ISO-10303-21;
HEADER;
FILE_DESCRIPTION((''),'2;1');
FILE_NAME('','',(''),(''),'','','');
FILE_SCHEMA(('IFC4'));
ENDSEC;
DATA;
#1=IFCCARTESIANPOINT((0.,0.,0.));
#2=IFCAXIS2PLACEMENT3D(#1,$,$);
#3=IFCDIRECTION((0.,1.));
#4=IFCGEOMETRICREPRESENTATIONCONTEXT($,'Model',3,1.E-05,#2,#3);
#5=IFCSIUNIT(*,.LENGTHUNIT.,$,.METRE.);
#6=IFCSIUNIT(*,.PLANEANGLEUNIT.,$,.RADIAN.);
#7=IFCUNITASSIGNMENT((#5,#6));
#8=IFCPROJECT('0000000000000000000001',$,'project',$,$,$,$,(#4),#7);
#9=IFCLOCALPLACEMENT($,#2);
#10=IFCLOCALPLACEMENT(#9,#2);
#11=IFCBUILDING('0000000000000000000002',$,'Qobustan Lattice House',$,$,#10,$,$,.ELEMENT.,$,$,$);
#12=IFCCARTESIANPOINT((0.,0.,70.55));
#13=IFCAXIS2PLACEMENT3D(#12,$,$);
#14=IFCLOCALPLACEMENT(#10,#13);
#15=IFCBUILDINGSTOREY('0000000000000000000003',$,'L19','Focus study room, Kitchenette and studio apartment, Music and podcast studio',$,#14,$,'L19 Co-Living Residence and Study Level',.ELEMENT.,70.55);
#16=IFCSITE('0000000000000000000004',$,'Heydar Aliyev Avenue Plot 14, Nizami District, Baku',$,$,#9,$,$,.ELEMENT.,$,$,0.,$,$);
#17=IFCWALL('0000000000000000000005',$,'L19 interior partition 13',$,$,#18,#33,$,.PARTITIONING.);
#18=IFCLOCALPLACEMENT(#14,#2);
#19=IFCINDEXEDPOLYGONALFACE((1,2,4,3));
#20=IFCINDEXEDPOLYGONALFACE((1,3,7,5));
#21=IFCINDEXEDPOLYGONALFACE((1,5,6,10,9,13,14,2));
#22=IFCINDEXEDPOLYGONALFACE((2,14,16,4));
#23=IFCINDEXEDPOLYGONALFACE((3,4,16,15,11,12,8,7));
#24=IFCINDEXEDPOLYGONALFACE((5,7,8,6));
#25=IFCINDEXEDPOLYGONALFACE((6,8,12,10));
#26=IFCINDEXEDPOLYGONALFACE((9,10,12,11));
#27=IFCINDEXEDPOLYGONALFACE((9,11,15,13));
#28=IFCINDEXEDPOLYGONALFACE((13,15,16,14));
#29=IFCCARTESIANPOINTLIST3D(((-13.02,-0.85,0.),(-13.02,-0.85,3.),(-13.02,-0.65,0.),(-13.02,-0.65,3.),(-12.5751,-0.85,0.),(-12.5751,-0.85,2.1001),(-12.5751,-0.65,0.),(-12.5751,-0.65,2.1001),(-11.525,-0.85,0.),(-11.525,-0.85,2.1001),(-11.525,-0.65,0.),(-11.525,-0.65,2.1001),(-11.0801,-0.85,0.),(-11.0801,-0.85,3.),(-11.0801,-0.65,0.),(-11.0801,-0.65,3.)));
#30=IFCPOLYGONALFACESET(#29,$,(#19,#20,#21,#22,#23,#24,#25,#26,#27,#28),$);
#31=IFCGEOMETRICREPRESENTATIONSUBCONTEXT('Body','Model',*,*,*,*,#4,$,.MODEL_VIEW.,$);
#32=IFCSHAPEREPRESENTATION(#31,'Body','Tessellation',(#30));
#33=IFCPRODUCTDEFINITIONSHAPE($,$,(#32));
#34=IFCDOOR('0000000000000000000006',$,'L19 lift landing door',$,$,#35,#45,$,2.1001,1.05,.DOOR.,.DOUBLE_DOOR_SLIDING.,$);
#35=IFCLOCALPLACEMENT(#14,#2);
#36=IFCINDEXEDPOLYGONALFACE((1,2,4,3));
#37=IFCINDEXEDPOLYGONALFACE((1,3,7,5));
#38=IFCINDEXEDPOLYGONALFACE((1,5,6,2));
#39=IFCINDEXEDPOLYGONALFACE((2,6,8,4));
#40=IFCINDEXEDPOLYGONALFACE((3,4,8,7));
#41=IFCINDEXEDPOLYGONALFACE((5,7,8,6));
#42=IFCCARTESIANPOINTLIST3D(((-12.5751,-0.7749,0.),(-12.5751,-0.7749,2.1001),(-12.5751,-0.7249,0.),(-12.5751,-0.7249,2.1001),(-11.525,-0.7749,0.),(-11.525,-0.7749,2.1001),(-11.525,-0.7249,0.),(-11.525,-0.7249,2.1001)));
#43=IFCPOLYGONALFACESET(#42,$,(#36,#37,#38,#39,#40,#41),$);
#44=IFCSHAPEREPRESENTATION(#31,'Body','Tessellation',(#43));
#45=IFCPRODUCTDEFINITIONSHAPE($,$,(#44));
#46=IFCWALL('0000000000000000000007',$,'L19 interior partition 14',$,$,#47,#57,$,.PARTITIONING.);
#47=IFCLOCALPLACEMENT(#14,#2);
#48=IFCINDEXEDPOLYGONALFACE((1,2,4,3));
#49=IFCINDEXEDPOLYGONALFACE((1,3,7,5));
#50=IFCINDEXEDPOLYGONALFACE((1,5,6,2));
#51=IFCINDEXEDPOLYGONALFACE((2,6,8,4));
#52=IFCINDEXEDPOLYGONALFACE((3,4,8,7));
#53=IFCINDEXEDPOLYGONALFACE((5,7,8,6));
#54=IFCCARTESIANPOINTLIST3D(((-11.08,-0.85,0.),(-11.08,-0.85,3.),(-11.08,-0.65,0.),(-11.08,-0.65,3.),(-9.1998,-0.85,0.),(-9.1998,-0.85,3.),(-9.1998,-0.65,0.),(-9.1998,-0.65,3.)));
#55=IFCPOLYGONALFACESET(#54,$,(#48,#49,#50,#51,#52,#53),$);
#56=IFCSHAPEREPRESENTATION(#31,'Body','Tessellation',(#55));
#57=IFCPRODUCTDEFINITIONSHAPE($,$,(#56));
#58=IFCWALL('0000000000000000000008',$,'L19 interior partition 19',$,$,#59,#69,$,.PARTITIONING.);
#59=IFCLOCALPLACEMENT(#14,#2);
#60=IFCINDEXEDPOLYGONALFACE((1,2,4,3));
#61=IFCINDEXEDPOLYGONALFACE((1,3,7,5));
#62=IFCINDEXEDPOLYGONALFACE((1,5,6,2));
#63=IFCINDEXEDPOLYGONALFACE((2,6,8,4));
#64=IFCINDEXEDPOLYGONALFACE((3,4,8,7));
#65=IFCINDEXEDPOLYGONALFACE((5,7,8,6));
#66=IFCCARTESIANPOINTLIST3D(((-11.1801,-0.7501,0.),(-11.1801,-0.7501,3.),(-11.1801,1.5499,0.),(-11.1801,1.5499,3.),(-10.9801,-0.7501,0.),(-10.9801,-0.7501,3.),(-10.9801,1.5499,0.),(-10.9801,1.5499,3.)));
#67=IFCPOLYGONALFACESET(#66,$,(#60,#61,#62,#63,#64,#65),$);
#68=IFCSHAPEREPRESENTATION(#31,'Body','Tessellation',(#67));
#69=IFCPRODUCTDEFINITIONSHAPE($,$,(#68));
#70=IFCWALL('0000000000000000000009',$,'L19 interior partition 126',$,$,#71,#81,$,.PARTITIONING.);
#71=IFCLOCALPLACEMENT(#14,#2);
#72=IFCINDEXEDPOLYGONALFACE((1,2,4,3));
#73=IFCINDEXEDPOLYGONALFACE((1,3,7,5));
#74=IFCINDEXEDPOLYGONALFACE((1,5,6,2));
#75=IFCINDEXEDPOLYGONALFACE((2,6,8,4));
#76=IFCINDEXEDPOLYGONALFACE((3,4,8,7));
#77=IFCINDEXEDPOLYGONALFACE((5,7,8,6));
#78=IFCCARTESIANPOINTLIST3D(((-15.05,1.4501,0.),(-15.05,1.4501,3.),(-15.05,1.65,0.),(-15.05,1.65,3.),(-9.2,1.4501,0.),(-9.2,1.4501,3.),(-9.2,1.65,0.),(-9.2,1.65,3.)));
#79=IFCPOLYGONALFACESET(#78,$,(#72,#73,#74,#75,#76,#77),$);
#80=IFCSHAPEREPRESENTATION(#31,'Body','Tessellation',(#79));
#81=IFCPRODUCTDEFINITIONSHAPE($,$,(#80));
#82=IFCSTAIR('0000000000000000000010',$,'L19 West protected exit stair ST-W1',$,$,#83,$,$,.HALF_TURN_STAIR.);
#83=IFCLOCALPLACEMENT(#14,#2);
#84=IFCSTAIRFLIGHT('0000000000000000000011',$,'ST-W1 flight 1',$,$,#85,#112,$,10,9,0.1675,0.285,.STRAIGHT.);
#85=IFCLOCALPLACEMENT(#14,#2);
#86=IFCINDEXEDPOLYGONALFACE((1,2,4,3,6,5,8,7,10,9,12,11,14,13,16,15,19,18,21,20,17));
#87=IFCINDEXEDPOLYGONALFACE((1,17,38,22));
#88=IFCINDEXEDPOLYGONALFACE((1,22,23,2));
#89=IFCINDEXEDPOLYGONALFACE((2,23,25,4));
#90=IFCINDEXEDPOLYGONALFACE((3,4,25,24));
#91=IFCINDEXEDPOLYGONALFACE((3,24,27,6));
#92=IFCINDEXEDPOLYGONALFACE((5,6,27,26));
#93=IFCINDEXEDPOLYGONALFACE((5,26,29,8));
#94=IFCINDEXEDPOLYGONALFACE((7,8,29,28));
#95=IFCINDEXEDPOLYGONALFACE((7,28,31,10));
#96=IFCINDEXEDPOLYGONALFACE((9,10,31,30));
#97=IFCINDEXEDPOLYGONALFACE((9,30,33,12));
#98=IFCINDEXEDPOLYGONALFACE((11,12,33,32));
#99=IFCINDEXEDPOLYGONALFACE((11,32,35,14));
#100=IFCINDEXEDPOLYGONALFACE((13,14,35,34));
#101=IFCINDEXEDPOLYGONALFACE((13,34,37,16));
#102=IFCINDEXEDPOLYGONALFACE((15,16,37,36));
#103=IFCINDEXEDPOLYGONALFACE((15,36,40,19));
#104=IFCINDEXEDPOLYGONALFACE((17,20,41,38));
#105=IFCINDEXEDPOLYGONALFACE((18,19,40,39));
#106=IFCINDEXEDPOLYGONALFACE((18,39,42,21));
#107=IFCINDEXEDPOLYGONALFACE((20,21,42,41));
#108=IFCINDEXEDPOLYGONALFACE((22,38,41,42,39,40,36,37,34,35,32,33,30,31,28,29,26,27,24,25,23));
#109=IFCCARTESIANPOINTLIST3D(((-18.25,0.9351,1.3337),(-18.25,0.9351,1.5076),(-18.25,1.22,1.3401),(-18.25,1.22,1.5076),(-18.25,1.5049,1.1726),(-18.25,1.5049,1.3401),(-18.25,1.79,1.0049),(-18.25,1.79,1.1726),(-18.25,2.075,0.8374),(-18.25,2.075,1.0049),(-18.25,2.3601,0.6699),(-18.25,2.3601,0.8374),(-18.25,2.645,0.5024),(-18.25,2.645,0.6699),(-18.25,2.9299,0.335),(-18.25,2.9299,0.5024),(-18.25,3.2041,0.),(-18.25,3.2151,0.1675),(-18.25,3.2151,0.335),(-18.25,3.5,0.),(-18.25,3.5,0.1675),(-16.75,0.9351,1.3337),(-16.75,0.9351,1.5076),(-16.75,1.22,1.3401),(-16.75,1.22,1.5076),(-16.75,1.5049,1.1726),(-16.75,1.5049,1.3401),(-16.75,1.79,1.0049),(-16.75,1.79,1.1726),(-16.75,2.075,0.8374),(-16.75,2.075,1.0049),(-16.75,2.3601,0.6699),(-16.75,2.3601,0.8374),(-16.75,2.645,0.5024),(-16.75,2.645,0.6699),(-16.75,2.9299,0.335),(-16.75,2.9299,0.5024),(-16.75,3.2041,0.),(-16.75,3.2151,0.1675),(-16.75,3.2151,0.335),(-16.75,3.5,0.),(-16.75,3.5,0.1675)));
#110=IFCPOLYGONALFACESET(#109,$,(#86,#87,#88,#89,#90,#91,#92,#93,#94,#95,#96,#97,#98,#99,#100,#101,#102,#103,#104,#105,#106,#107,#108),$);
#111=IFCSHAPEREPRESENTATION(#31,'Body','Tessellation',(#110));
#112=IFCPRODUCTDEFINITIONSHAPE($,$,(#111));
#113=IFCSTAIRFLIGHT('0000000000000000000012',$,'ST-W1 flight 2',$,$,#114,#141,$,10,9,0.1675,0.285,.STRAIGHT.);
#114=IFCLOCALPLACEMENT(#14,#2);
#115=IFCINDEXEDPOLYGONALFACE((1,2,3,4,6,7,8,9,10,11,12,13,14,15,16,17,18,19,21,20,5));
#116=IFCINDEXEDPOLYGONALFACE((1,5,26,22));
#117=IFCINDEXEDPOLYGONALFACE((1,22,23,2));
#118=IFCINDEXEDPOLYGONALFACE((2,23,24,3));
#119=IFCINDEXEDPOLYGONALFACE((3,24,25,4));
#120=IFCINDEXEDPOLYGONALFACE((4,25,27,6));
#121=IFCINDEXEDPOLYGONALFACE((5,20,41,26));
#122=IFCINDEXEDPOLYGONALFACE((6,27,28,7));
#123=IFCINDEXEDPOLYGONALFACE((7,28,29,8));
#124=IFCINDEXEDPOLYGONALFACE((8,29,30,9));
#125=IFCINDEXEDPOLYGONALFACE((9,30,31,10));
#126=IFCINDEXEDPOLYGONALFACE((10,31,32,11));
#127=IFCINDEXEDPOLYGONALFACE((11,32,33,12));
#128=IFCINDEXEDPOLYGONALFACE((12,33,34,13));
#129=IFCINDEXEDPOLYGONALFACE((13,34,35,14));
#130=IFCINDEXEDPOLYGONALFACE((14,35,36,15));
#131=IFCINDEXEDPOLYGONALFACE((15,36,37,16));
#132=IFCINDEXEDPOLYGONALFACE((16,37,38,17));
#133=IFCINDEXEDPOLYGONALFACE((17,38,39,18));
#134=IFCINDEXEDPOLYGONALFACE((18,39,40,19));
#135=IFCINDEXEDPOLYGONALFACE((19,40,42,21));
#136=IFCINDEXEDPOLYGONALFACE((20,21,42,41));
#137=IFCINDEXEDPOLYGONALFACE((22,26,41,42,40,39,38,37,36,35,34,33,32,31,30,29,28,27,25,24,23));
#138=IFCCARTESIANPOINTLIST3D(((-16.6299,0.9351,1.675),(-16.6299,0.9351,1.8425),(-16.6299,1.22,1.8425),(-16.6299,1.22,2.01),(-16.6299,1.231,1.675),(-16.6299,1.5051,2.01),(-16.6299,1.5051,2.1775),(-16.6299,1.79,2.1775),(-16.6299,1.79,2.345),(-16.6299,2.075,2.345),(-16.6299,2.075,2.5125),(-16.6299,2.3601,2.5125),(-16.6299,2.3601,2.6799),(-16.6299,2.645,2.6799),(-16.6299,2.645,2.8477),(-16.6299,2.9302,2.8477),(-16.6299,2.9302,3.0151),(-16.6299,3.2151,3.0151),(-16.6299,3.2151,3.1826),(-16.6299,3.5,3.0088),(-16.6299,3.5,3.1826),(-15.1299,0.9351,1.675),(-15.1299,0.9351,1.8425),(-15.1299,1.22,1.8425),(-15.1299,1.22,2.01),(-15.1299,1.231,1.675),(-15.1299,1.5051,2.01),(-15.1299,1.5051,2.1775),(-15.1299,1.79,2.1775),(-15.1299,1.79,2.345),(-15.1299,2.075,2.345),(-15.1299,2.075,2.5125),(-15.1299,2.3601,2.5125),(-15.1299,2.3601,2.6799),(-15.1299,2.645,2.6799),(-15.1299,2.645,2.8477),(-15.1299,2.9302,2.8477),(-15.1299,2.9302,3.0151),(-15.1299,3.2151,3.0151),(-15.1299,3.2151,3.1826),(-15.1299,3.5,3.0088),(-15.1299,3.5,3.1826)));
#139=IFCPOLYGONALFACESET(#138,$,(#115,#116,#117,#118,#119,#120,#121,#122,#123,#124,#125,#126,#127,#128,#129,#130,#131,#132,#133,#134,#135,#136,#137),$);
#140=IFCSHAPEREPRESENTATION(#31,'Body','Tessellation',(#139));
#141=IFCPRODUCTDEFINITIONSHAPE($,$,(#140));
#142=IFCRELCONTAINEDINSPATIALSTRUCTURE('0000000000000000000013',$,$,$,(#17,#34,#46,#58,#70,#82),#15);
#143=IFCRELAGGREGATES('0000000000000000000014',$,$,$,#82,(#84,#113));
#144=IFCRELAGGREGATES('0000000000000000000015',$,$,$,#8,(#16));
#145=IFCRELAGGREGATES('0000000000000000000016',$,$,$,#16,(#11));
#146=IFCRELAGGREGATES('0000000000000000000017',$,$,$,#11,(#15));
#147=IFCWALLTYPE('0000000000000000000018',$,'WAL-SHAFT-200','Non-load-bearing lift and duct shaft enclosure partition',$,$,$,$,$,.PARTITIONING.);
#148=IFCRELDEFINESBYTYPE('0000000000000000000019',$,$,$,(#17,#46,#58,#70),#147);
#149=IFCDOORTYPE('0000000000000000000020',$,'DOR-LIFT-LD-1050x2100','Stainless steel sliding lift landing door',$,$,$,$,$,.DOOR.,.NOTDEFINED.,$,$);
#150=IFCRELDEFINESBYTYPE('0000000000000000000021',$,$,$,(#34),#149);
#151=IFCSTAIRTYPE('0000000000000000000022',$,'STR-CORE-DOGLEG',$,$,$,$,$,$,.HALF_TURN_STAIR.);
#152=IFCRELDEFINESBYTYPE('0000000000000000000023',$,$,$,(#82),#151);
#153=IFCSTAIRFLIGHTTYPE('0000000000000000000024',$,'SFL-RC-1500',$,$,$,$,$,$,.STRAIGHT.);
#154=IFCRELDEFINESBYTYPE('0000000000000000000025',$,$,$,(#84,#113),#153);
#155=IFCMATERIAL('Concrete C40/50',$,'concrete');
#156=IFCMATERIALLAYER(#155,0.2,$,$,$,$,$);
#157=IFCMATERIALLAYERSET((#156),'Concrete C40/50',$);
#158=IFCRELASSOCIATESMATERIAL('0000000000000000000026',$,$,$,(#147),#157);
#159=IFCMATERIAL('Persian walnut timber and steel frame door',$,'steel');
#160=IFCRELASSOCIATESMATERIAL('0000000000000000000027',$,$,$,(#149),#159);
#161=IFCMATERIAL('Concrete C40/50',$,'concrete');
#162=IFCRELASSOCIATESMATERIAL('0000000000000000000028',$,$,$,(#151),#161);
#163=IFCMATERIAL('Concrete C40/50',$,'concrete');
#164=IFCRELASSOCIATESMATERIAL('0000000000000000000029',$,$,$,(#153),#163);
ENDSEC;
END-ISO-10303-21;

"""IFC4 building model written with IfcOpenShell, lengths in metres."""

from ifc_helpers import new_model, si_unit, direction, frame, frame_2d, origin, place, context, subcontext, project, spatial, polyline, rectangle, outline, extrude, material, layer, layer_set, type_object, element, fill, aggregate, save


model = new_model("IFC4")

# Units and contexts
model_context = context("Model", 3, precision=1e-05, world=origin(), true_north=direction((0.0, 1.0)))
body_context = subcontext(model_context, "Body", "Model", "MODEL_VIEW")
ifc_project = project(units=[si_unit("LENGTHUNIT", "METRE"), si_unit("PLANEANGLEUNIT", "RADIAN")], contexts=[model_context])

# Site, building, storey
site_placement = place(None, origin())
site = spatial("IfcSite", under=ifc_project, at=site_placement, Name="Heydar Aliyev Avenue Plot 14, Nizami District, Baku", CompositionType="ELEMENT", RefElevation=0.0)
building_placement = place(site_placement, origin())
building = spatial("IfcBuilding", under=site, at=building_placement, Name="Qobustan Lattice House", CompositionType="ELEMENT")
storey_placement = place(building_placement, frame((0.0, 0.0, 70.55)))
storey = spatial("IfcBuildingStorey", under=building, at=storey_placement, Name="L19", Description="Focus study room, Kitchenette and studio apartment, Music and podcast studio", LongName="L19 Co-Living Residence and Study Level", CompositionType="ELEMENT", Elevation=70.55)

# Shared definitions
ifc_material_1 = material(Name="Concrete C40/50", Category="concrete")
ifc_layer_1 = layer(ifc_material_1, 0.2)
ifc_layer_set_1 = layer_set([ifc_layer_1], Name="Concrete C40/50")
wall_type_1 = type_object("IfcWallType", Name="WAL-SHAFT-200", Description="Non-load-bearing lift and duct shaft enclosure partition", PredefinedType="PARTITIONING", material=ifc_layer_set_1)

# Wall, opening, door
wall_1_placement = place(storey_placement, frame((-11.0801, -0.75, 0.0), z_axis=(0.0, 0.0, 1.0), x_axis=(-1.0, 0.0, 0.0)))
wall_1 = element("IfcWall", 1, at=wall_1_placement, inside=storey, type_object=wall_type_1, Name="L19 interior partition 13", PredefinedType="PARTITIONING", context=body_context, shape_type="SweptSolid", body=[
    extrude(rectangle(XDim=1.9399, YDim=0.2, at=frame_2d((0.97, 0.0))), origin(), (0.0, 0.0, 1.0), 3.0),
])
opening_1_placement = place(wall_1_placement, frame((0.4451, 0.0, 0.0)))
opening_1 = element("IfcOpeningElement", 2, at=opening_1_placement, cuts=wall_1, PredefinedType="OPENING", context=body_context, shape_type="SweptSolid", body=[
    extrude(rectangle(XDim=1.05, YDim=2.1001, at=frame_2d((0.5249, 1.05))), frame((0.0, 0.1099, 0.0), z_axis=(0.0, -1.0, 0.0), x_axis=(1.0, 0.0, 0.0)), (0.0, 0.0, 1.0), 0.22),
])
ifc_material_2 = material(Name="Persian walnut timber and steel frame door", Category="steel")
door_type_1 = type_object("IfcDoorType", Name="DOR-LIFT-LD-1050x2100", Description="Stainless steel sliding lift landing door", OperationType="NOTDEFINED", PredefinedType="DOOR", material=ifc_material_2)
door_1_placement = place(opening_1_placement, origin())
door_1 = element("IfcDoor", 3, at=door_1_placement, inside=storey, type_object=door_type_1, Name="L19 lift landing door", OperationType="DOUBLE_DOOR_SLIDING", OverallHeight=2.1001, OverallWidth=1.05, PredefinedType="DOOR", context=body_context, shape_type="SweptSolid", body=[
    extrude(rectangle(XDim=1.05, YDim=2.1001, at=frame_2d((0.5249, 1.05))), frame((0.0, 0.0249, 0.0), z_axis=(0.0, -1.0, 0.0), x_axis=(1.0, 0.0, 0.0)), (0.0, 0.0, 1.0), 0.05),
])
fill(opening_1, door_1)

# Walls
wall_2_placement = place(storey_placement, frame((-9.2, -0.75, 0.0), z_axis=(0.0, 0.0, 1.0), x_axis=(-1.0, 0.0, 0.0)))
element("IfcWall", 4, at=wall_2_placement, inside=storey, type_object=wall_type_1, Name="L19 interior partition 14", PredefinedType="PARTITIONING", context=body_context, shape_type="SweptSolid", body=[
    extrude(rectangle(XDim=1.8801, YDim=0.2, at=frame_2d((0.9399, 0.0))), origin(), (0.0, 0.0, 1.0), 3.0),
])
wall_3_placement = place(storey_placement, frame((-11.0801, -0.75, 0.0), z_axis=(0.0, 0.0, 1.0), x_axis=(0.0, 1.0, 0.0)))
element("IfcWall", 5, at=wall_3_placement, inside=storey, type_object=wall_type_1, Name="L19 interior partition 19", PredefinedType="PARTITIONING", context=body_context, shape_type="SweptSolid", body=[
    extrude(rectangle(XDim=2.3, YDim=0.2, at=frame_2d((1.1499, 0.0))), origin(), (0.0, 0.0, 1.0), 3.0),
])
wall_4_placement = place(storey_placement, frame((-15.05, 1.55, 0.0), z_axis=(0.0, 0.0, 1.0), x_axis=(1.0, 0.0, 0.0)))
element("IfcWall", 6, at=wall_4_placement, inside=storey, type_object=wall_type_1, Name="L19 interior partition 126", PredefinedType="PARTITIONING", context=body_context, shape_type="SweptSolid", body=[
    extrude(rectangle(XDim=5.8501, YDim=0.2, at=frame_2d((2.925, 0.0))), origin(), (0.0, 0.0, 1.0), 3.0),
])

# Stair, stair flights
ifc_material_3 = material(Name="Concrete C40/50", Category="concrete")
stair_type = type_object("IfcStairType", Name="STR-CORE-DOGLEG", PredefinedType="HALF_TURN_STAIR", material=ifc_material_3)
stair_placement = place(storey_placement, origin())
stair = element("IfcStair", 7, at=stair_placement, inside=storey, type_object=stair_type, Name="L19 West protected exit stair ST-W1", PredefinedType="HALF_TURN_STAIR")
ifc_material_4 = material(Name="Concrete C40/50", Category="concrete")
stair_flight_type = type_object("IfcStairFlightType", Name="SFL-RC-1500", PredefinedType="STRAIGHT", material=ifc_material_4)
stair_flight_1_placement = place(storey_placement, frame((-17.5, 3.5, 0.0), z_axis=(0.0, 0.0, 1.0), x_axis=(0.0, -1.0, 0.0)))
stair_flight_1 = element("IfcStairFlight", 8, at=stair_flight_1_placement, type_object=stair_flight_type, Name="ST-W1 flight 1", NumberOfRisers=10, NumberOfTreads=9, PredefinedType="STRAIGHT", RiserHeight=0.1675, TreadLength=0.285, context=body_context, shape_type="SweptSolid", body=[
    extrude(outline(polyline([(0.0, 0.0), (0.0, 0.1675), (0.2849, 0.1675), (0.2849, 0.335), (0.5701, 0.335), (0.5701, 0.5024), (0.855, 0.5024), (0.855, 0.6699), (1.1399, 0.6699), (1.1399, 0.8374), (1.425, 0.8374), (1.425, 1.0049), (1.71, 1.0049), (1.71, 1.1726), (1.9951, 1.1726), (1.9951, 1.3401), (2.28, 1.3401), (2.28, 1.5076), (2.5649, 1.5076), (2.5649, 1.675), (2.5649, 1.3337), (0.2959, 0.0), (0.0, 0.0)])), frame((0.0, 0.75, 0.0), z_axis=(0.0, -1.0, 0.0), x_axis=(1.0, 0.0, 0.0)), (0.0, 0.0, 1.0), 1.5),
])
stair_flight_2_placement = place(storey_placement, frame((-15.8799, 0.9351, 1.675), z_axis=(0.0, 0.0, 1.0), x_axis=(0.0, 1.0, 0.0)))
stair_flight_2 = element("IfcStairFlight", 9, at=stair_flight_2_placement, type_object=stair_flight_type, Name="ST-W1 flight 2", NumberOfRisers=10, NumberOfTreads=9, PredefinedType="STRAIGHT", RiserHeight=0.1675, TreadLength=0.285, context=body_context, shape_type="SweptSolid", body=[
    extrude(outline(polyline([(0.0, 0.0), (0.0, 0.1675), (0.2849, 0.1675), (0.2849, 0.335), (0.5701, 0.335), (0.5701, 0.5024), (0.855, 0.5024), (0.855, 0.6699), (1.1399, 0.6699), (1.1399, 0.8374), (1.425, 0.8374), (1.425, 1.0049), (1.71, 1.0049), (1.71, 1.1726), (1.9951, 1.1726), (1.9951, 1.3401), (2.28, 1.3401), (2.28, 1.5076), (2.5649, 1.5076), (2.5649, 1.675), (2.5649, 1.3337), (0.2959, 0.0), (0.0, 0.0)])), frame((0.0, 0.75, 0.0), z_axis=(0.0, -1.0, 0.0), x_axis=(1.0, 0.0, 0.0)), (0.0, 0.0, 1.0), 1.5),
])
aggregate(stair, [stair_flight_1, stair_flight_2])

save(model, "model.ifc")
